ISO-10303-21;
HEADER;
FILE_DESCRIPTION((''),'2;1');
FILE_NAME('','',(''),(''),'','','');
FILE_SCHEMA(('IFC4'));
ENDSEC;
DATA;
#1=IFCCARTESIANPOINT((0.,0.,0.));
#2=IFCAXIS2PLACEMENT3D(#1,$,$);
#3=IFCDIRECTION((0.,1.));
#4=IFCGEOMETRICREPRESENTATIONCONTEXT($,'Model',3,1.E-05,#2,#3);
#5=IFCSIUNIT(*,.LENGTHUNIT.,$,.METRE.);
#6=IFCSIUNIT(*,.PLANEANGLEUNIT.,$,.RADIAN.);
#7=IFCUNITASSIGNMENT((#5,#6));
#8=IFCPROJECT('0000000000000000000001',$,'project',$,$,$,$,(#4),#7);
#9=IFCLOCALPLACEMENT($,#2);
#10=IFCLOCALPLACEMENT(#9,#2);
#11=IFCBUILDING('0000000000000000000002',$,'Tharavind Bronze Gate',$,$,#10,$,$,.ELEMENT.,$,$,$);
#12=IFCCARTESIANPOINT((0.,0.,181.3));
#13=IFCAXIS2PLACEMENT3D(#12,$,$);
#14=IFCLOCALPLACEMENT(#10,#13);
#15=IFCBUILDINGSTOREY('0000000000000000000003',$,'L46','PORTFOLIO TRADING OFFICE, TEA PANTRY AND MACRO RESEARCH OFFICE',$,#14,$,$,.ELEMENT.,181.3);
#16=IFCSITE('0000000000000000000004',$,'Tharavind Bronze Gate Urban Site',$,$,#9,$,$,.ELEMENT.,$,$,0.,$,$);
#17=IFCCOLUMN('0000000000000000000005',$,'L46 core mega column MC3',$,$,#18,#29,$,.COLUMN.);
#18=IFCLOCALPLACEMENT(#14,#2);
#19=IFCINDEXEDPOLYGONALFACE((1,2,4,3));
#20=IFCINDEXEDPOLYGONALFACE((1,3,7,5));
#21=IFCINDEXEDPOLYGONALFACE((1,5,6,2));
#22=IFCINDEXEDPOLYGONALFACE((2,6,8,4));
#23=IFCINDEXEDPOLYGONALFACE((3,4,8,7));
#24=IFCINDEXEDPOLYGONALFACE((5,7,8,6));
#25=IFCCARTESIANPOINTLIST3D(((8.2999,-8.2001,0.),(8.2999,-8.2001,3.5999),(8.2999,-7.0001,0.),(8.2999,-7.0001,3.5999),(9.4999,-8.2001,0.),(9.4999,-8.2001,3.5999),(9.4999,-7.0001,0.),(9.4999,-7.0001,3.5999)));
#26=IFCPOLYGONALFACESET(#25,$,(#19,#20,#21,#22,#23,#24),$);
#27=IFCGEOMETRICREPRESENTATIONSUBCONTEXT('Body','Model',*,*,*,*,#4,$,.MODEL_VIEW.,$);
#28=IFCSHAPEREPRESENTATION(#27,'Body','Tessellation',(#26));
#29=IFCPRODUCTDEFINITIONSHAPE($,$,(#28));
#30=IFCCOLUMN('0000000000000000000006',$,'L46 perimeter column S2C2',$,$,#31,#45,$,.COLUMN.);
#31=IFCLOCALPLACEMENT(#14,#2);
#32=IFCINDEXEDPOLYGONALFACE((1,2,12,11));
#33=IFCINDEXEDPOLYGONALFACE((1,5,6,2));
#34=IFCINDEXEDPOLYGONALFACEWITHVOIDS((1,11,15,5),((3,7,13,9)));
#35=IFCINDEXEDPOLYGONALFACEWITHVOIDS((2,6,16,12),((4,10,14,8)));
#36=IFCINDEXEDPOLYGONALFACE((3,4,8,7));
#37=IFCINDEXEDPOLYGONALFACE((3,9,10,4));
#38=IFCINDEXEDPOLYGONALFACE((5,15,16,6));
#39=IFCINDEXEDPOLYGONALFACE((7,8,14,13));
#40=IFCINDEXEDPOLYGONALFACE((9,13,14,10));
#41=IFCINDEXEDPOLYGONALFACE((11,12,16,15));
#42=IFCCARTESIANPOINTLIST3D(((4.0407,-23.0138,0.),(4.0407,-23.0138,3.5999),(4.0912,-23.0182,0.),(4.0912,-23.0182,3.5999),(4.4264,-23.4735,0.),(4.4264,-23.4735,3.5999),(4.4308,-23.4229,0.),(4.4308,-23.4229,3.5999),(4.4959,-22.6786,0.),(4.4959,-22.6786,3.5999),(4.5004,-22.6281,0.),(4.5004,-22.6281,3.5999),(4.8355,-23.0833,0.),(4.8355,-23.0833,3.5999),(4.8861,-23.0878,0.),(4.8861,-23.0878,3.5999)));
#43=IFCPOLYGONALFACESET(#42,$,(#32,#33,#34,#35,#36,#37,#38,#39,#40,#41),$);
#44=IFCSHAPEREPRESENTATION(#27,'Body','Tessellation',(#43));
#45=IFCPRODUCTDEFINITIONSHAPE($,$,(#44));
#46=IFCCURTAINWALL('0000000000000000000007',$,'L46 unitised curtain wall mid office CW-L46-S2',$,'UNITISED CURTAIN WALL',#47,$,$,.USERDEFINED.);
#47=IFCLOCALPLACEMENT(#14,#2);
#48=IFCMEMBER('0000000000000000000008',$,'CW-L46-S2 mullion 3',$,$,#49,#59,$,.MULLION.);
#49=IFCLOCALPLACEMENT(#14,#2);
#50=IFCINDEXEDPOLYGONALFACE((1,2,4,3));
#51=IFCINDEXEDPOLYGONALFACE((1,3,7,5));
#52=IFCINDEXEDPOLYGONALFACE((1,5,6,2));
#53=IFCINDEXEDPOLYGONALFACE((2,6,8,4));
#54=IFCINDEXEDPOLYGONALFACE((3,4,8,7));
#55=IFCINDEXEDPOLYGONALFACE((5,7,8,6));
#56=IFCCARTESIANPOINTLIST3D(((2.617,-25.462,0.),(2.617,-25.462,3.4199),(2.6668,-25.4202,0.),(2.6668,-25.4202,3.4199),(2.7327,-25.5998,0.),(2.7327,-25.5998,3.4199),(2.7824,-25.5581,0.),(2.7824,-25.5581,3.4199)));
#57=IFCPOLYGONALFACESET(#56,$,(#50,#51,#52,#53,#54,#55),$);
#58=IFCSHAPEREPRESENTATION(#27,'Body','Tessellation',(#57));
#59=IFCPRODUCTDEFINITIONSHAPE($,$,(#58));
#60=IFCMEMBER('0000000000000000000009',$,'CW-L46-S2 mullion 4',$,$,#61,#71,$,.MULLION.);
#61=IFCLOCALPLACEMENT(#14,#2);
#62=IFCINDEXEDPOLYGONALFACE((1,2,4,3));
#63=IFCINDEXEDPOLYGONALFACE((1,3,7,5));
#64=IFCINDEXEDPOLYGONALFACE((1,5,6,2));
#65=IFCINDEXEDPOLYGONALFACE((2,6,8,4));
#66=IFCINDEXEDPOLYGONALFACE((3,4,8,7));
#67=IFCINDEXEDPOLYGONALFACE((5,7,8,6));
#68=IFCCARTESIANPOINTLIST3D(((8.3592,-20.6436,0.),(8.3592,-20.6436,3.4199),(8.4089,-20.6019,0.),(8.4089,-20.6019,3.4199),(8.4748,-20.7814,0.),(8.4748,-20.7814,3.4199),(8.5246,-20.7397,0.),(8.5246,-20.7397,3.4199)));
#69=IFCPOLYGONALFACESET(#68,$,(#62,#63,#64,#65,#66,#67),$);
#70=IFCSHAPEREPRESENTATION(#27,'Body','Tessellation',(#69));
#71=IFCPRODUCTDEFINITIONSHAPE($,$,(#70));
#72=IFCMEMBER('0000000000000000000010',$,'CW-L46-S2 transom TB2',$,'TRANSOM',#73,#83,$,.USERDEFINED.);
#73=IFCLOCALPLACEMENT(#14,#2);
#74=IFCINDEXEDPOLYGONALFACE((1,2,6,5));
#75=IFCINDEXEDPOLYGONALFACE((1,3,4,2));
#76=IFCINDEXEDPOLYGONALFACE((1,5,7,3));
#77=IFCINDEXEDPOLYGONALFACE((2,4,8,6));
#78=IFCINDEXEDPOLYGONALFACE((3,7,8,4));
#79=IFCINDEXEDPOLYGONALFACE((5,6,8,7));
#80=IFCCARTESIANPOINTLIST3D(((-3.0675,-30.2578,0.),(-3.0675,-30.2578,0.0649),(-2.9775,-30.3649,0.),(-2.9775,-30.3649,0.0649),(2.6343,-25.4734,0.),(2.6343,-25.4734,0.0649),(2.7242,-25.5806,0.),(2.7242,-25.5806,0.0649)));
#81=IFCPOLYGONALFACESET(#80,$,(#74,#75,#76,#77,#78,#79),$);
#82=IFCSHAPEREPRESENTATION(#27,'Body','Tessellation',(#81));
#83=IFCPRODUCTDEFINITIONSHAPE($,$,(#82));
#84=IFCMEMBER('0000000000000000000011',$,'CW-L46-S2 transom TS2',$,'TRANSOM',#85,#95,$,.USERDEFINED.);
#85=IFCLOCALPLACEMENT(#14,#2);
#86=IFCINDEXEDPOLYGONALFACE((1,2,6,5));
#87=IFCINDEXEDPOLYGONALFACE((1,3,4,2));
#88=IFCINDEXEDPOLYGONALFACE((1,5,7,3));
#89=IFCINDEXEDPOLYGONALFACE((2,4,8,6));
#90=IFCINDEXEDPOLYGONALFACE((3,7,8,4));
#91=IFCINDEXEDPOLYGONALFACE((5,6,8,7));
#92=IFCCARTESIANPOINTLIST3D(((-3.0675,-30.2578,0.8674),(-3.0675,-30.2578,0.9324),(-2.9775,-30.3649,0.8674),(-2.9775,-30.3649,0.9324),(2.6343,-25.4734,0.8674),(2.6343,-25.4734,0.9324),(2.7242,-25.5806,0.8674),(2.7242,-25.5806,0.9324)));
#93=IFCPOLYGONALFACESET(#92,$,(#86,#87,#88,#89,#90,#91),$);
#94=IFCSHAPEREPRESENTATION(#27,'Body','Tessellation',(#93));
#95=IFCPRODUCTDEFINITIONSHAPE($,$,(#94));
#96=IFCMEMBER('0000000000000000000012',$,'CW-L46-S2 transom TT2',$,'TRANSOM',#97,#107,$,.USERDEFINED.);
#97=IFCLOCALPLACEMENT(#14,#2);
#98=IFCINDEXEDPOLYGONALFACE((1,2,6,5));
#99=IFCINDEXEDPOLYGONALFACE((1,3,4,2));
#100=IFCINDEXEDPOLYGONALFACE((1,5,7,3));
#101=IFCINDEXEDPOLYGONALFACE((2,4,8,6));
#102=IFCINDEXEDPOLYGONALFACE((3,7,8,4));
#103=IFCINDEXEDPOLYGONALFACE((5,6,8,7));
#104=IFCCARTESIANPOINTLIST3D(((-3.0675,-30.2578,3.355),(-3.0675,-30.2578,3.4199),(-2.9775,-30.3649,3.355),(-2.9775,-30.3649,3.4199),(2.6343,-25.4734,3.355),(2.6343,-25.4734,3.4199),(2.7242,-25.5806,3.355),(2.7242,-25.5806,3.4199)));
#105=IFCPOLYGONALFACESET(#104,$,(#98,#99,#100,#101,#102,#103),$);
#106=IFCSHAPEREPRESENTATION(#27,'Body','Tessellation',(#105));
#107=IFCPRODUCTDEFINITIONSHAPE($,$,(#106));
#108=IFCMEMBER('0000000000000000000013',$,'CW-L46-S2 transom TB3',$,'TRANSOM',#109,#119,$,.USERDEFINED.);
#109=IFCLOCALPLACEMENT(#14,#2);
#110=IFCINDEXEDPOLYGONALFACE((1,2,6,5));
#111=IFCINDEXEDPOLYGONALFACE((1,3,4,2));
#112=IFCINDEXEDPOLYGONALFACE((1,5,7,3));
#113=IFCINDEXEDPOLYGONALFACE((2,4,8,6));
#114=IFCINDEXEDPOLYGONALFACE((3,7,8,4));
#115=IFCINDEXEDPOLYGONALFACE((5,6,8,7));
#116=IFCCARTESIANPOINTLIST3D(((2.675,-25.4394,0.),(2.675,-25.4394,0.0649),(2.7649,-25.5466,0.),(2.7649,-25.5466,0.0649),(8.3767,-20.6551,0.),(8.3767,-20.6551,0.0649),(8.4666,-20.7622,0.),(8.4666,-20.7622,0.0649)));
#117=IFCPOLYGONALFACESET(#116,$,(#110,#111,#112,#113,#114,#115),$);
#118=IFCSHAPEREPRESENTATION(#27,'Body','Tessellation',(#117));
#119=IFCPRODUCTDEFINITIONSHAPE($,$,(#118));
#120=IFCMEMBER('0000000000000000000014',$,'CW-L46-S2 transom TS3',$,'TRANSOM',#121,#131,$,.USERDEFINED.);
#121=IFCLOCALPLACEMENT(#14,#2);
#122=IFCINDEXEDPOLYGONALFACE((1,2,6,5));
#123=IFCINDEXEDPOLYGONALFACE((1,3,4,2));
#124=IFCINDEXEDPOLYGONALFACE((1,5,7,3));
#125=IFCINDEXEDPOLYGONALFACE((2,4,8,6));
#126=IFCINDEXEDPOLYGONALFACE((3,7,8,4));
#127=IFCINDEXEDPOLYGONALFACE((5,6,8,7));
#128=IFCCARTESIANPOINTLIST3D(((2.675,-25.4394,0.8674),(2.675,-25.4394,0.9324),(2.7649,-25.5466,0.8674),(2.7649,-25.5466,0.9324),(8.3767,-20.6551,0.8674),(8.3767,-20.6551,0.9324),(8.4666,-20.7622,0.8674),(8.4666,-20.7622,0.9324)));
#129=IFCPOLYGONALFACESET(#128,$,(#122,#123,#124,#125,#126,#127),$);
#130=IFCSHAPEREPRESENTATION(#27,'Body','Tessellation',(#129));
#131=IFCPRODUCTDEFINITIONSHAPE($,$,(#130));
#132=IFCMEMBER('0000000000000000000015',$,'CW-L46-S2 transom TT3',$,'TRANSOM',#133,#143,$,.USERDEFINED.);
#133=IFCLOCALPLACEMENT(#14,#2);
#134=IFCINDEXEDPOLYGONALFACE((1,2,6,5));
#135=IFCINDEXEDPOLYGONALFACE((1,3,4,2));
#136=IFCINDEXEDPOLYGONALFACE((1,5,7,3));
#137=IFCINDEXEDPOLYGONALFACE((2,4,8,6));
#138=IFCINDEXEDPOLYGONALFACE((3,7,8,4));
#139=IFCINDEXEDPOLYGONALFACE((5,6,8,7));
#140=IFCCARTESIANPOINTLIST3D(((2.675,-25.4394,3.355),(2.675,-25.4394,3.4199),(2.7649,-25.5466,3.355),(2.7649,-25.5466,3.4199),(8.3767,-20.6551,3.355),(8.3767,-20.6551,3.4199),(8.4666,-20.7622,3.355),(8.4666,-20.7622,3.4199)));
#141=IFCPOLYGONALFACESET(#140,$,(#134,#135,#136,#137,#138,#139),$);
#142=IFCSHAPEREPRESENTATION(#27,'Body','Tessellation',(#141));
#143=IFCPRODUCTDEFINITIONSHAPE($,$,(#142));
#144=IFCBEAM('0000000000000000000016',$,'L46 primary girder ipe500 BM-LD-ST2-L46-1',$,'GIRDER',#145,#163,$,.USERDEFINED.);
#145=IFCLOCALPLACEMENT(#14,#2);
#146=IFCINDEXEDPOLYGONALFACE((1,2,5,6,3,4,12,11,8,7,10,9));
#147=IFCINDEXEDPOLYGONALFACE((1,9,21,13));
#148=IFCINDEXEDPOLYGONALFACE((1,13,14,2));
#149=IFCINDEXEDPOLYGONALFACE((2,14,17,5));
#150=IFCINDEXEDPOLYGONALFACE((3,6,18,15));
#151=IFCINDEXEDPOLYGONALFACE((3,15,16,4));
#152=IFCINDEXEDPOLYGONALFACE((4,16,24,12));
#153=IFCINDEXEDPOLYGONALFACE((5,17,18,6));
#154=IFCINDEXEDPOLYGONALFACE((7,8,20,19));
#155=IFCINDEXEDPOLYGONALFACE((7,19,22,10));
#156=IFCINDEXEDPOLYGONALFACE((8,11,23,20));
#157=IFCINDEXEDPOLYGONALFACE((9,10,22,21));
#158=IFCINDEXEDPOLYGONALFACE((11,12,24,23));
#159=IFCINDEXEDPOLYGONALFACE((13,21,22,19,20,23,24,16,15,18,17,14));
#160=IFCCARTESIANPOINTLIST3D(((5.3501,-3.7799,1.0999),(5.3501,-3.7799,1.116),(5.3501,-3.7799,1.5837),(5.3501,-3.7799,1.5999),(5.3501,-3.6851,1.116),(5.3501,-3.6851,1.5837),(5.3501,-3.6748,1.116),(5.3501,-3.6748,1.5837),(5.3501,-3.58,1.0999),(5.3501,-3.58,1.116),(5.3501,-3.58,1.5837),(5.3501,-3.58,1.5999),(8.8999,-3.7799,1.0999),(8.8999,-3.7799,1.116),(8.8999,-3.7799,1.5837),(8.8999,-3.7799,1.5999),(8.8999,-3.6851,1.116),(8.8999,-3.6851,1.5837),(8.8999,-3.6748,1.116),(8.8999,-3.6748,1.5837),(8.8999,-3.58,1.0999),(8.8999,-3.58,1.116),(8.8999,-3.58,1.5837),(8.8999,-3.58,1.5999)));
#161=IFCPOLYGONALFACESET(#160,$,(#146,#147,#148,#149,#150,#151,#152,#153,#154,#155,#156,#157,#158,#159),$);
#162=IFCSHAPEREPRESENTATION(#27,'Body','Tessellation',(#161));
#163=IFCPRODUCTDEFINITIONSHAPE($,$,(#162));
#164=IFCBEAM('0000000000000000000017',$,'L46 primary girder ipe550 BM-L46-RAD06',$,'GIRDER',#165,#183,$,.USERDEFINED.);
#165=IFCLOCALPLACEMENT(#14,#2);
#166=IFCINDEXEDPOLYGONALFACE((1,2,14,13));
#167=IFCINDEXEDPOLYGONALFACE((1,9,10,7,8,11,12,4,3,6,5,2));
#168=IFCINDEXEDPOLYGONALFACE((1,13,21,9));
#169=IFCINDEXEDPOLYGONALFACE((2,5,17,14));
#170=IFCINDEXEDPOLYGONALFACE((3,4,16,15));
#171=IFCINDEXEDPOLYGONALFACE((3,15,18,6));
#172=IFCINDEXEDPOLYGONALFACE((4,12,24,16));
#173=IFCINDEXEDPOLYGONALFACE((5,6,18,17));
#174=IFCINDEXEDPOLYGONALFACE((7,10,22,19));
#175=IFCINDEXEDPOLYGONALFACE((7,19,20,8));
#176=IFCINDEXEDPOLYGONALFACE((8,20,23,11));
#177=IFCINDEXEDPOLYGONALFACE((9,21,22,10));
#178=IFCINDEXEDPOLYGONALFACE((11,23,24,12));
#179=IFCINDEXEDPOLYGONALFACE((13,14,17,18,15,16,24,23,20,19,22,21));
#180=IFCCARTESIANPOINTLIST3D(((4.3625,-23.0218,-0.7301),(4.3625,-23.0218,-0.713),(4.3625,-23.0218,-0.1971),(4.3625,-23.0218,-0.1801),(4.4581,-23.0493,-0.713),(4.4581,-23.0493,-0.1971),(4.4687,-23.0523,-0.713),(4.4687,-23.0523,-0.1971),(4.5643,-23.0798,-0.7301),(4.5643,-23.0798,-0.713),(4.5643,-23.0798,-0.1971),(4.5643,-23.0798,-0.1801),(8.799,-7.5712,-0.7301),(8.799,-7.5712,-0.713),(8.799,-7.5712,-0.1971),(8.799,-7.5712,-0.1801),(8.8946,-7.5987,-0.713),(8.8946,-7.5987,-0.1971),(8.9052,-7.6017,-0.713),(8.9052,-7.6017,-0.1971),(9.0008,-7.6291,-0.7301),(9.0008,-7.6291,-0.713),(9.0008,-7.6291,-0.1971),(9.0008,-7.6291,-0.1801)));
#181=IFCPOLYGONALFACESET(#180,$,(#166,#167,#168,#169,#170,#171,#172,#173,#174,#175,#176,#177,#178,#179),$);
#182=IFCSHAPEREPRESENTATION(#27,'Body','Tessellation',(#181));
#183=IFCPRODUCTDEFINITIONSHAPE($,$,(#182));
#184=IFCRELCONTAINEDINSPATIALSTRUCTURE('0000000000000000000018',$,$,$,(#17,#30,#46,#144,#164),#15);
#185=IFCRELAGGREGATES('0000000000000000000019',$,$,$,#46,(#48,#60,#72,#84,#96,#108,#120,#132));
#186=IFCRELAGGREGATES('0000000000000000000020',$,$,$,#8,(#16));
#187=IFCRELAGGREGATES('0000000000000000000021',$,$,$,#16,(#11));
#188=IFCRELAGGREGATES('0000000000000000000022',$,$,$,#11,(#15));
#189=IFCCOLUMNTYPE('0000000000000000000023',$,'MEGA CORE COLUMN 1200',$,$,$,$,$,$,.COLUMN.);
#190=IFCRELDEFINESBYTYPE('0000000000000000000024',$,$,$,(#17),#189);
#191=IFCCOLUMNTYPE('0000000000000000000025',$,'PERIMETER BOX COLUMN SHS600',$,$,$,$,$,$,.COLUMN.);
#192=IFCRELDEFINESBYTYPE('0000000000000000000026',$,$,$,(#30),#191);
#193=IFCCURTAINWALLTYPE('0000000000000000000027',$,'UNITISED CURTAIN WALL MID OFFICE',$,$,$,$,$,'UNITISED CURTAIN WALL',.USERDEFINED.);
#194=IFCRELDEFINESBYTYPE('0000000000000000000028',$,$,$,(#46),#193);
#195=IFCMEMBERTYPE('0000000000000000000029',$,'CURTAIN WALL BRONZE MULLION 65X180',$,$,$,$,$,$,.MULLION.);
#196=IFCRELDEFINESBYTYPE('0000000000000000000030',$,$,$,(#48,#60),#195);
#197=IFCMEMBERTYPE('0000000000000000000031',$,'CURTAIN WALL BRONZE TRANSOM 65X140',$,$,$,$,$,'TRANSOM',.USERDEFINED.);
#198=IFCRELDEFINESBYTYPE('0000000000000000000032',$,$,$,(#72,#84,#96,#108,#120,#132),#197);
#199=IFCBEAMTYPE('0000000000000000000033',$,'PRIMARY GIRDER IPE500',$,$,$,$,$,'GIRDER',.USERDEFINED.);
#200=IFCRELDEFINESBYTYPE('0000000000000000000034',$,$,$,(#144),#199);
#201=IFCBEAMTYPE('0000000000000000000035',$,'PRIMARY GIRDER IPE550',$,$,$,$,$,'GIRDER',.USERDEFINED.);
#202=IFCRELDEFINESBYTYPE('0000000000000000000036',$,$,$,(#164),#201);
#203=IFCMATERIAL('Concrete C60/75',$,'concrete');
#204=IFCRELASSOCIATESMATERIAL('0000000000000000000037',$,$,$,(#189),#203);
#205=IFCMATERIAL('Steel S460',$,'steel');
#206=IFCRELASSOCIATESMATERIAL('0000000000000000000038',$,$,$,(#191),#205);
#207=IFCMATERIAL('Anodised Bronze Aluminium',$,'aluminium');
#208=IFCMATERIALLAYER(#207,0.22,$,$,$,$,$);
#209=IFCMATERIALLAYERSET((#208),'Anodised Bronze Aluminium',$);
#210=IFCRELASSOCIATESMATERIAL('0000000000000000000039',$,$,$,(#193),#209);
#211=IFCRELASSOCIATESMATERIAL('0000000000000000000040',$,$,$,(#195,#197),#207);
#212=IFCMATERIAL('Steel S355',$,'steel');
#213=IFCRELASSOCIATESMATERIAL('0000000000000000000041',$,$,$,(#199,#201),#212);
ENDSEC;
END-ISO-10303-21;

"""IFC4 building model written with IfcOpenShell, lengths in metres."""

from ifc_helpers import new_model, si_unit, direction, frame, origin, origin_2d, place, context, subcontext, project, spatial, rectangle, hollow_rectangle, i_section, extrude, material, layer, layer_set, material_profile, profile_set, type_object, element, aggregate, save


model = new_model("IFC4")

# Units and contexts
model_context = context("Model", 3, precision=1e-05, world=origin(), true_north=direction((0.0, 1.0)))
body_context = subcontext(model_context, "Body", "Model", "MODEL_VIEW")
ifc_project = project(units=[si_unit("LENGTHUNIT", "METRE"), si_unit("PLANEANGLEUNIT", "RADIAN")], contexts=[model_context])

# Site, building, storey
site_placement = place(None, origin())
site = spatial("IfcSite", under=ifc_project, at=site_placement, Name="Tharavind Bronze Gate Urban Site", CompositionType="ELEMENT", RefElevation=0.0)
building_placement = place(site_placement, origin())
building = spatial("IfcBuilding", under=site, at=building_placement, Name="Tharavind Bronze Gate", CompositionType="ELEMENT")
storey_placement = place(building_placement, frame((0.0, 0.0, 181.3)))
storey = spatial("IfcBuildingStorey", under=building, at=storey_placement, Name="L46", Description="PORTFOLIO TRADING OFFICE, TEA PANTRY AND MACRO RESEARCH OFFICE", CompositionType="ELEMENT", Elevation=181.3)

# Columns
ifc_material_1 = material(Name="Concrete C60/75", Category="concrete")
ifc_material_profile_1 = material_profile(ifc_material_1, rectangle(XDim=1.2, YDim=1.2, at=origin_2d()), Name="RCCOL1200")
ifc_profile_set_1 = profile_set([ifc_material_profile_1], Name="Concrete C60/75")
column_type_1 = type_object("IfcColumnType", Name="MEGA CORE COLUMN 1200", PredefinedType="COLUMN", material=ifc_profile_set_1)
column_1_placement = place(storey_placement, frame((8.8999, -7.6001, 0.0), z_axis=(0.0, 0.0, 1.0), x_axis=(1.0, 0.0, 0.0)))
element("IfcColumn", 1, at=column_1_placement, inside=storey, type_object=column_type_1, Name="L46 core mega column MC3", PredefinedType="COLUMN", context=body_context, shape_type="SweptSolid", body=[
    extrude(rectangle(XDim=1.2, YDim=1.2, at=origin_2d()), origin(), (0.0, 0.0, 1.0), 3.5999),
])
ifc_material_2 = material(Name="Steel S460", Category="steel")
ifc_material_profile_2 = material_profile(ifc_material_2, hollow_rectangle(XDim=0.6001, YDim=0.6001, WallThickness=0.0359, at=origin_2d()), Name="SHS600X36")
ifc_profile_set_2 = profile_set([ifc_material_profile_2], Name="Steel S460")
column_type_2 = type_object("IfcColumnType", Name="PERIMETER BOX COLUMN SHS600", PredefinedType="COLUMN", material=ifc_profile_set_2)
column_2_placement = place(storey_placement, frame((4.4634, -23.0508, 0.0), z_axis=(0.0, 0.0, 1.0), x_axis=(0.766043, 0.642789, 0.0)))
element("IfcColumn", 2, at=column_2_placement, inside=storey, type_object=column_type_2, Name="L46 perimeter column S2C2", PredefinedType="COLUMN", context=body_context, shape_type="SweptSolid", body=[
    extrude(hollow_rectangle(XDim=0.6001, YDim=0.6001, WallThickness=0.0359, at=origin_2d()), origin(), (0.0, 0.0, 1.0), 3.5999),
])

# Curtain wall, members
ifc_material_3 = material(Name="Anodised Bronze Aluminium", Category="aluminium")
ifc_layer_1 = layer(ifc_material_3, 0.22)
ifc_layer_set_1 = layer_set([ifc_layer_1], Name="Anodised Bronze Aluminium")
curtain_wall_type = type_object("IfcCurtainWallType", Name="UNITISED CURTAIN WALL MID OFFICE", ElementType="UNITISED CURTAIN WALL", PredefinedType="USERDEFINED", material=ifc_layer_set_1)
curtain_wall_placement = place(storey_placement, origin())
curtain_wall = element("IfcCurtainWall", 3, at=curtain_wall_placement, inside=storey, type_object=curtain_wall_type, Name="L46 unitised curtain wall mid office CW-L46-S2", ObjectType="UNITISED CURTAIN WALL", PredefinedType="USERDEFINED")
member_type_1 = type_object("IfcMemberType", Name="CURTAIN WALL BRONZE MULLION 65X180", PredefinedType="MULLION", material=ifc_material_3)
member_1_placement = place(storey_placement, frame((2.6997, -25.51, 0.0), z_axis=(0.0, 0.0, 1.0), x_axis=(0.766043, 0.642789, 0.0)))
member_1 = element("IfcMember", 4, at=member_1_placement, type_object=member_type_1, Name="CW-L46-S2 mullion 3", PredefinedType="MULLION", context=body_context, shape_type="SweptSolid", body=[
    extrude(rectangle(XDim=0.0649, YDim=0.1799, at=origin_2d()), origin(), (0.0, 0.0, 1.0), 3.4199),
])
member_2_placement = place(storey_placement, frame((8.4419, -20.6917, 0.0), z_axis=(0.0, 0.0, 1.0), x_axis=(0.766043, 0.642789, 0.0)))
member_2 = element("IfcMember", 5, at=member_2_placement, type_object=member_type_1, Name="CW-L46-S2 mullion 4", PredefinedType="MULLION", context=body_context, shape_type="SweptSolid", body=[
    extrude(rectangle(XDim=0.0649, YDim=0.1799, at=origin_2d()), origin(), (0.0, 0.0, 1.0), 3.4199),
])
member_type_2 = type_object("IfcMemberType", Name="CURTAIN WALL BRONZE TRANSOM 65X140", ElementType="TRANSOM", PredefinedType="USERDEFINED", material=ifc_material_3)
member_3_placement = place(storey_placement, frame((-0.1716, -27.9192, 0.0), z_axis=(0.0, 0.0, 1.0), x_axis=(0.766043, 0.642789, 0.0)))
member_3 = element("IfcMember", 6, at=member_3_placement, type_object=member_type_2, Name="CW-L46-S2 transom TB2", ObjectType="TRANSOM", PredefinedType="USERDEFINED", context=body_context, shape_type="SweptSolid", body=[
    extrude(rectangle(XDim=7.4431, YDim=0.1399, at=origin_2d()), origin(), (0.0, 0.0, 1.0), 0.0649),
])
member_4_placement = place(storey_placement, frame((-0.1716, -27.9192, 0.8674), z_axis=(0.0, 0.0, 1.0), x_axis=(0.766043, 0.642789, 0.0)))
member_4 = element("IfcMember", 7, at=member_4_placement, type_object=member_type_2, Name="CW-L46-S2 transom TS2", ObjectType="TRANSOM", PredefinedType="USERDEFINED", context=body_context, shape_type="SweptSolid", body=[
    extrude(rectangle(XDim=7.4431, YDim=0.1399, at=origin_2d()), origin(), (0.0, 0.0, 1.0), 0.0649),
])
member_5_placement = place(storey_placement, frame((-0.1716, -27.9192, 3.355), z_axis=(0.0, 0.0, 1.0), x_axis=(0.766043, 0.642789, 0.0)))
member_5 = element("IfcMember", 8, at=member_5_placement, type_object=member_type_2, Name="CW-L46-S2 transom TT2", ObjectType="TRANSOM", PredefinedType="USERDEFINED", context=body_context, shape_type="SweptSolid", body=[
    extrude(rectangle(XDim=7.4431, YDim=0.1399, at=origin_2d()), origin(), (0.0, 0.0, 1.0), 0.0649),
])
member_6_placement = place(storey_placement, frame((5.5708, -23.1008, 0.0), z_axis=(0.0, 0.0, 1.0), x_axis=(0.766043, 0.642789, 0.0)))
member_6 = element("IfcMember", 9, at=member_6_placement, type_object=member_type_2, Name="CW-L46-S2 transom TB3", ObjectType="TRANSOM", PredefinedType="USERDEFINED", context=body_context, shape_type="SweptSolid", body=[
    extrude(rectangle(XDim=7.4431, YDim=0.1399, at=origin_2d()), origin(), (0.0, 0.0, 1.0), 0.0649),
])
member_7_placement = place(storey_placement, frame((5.5708, -23.1008, 0.8674), z_axis=(0.0, 0.0, 1.0), x_axis=(0.766043, 0.642789, 0.0)))
member_7 = element("IfcMember", 10, at=member_7_placement, type_object=member_type_2, Name="CW-L46-S2 transom TS3", ObjectType="TRANSOM", PredefinedType="USERDEFINED", context=body_context, shape_type="SweptSolid", body=[
    extrude(rectangle(XDim=7.4431, YDim=0.1399, at=origin_2d()), origin(), (0.0, 0.0, 1.0), 0.0649),
])
member_8_placement = place(storey_placement, frame((5.5708, -23.1008, 3.355), z_axis=(0.0, 0.0, 1.0), x_axis=(0.766043, 0.642789, 0.0)))
member_8 = element("IfcMember", 11, at=member_8_placement, type_object=member_type_2, Name="CW-L46-S2 transom TT3", ObjectType="TRANSOM", PredefinedType="USERDEFINED", context=body_context, shape_type="SweptSolid", body=[
    extrude(rectangle(XDim=7.4431, YDim=0.1399, at=origin_2d()), origin(), (0.0, 0.0, 1.0), 0.0649),
])

# Beams
ifc_material_4 = material(Name="Steel S355", Category="steel")
ifc_material_profile_3 = material_profile(ifc_material_4, i_section(OverallWidth=0.2, OverallDepth=0.5, WebThickness=0.0103, FlangeThickness=0.0161, at=origin_2d()), Name="IPE500")
ifc_profile_set_3 = profile_set([ifc_material_profile_3], Name="Steel S355")
beam_type_1 = type_object("IfcBeamType", Name="PRIMARY GIRDER IPE500", ElementType="GIRDER", PredefinedType="USERDEFINED", material=ifc_profile_set_3)
beam_1_placement = place(storey_placement, frame((5.3501, -3.6799, 1.3499), z_axis=(1.0, 0.0, 0.0), x_axis=(0.0, 1.0, 0.0)))
element("IfcBeam", 12, at=beam_1_placement, inside=storey, type_object=beam_type_1, Name="L46 primary girder ipe500 BM-LD-ST2-L46-1", ObjectType="GIRDER", PredefinedType="USERDEFINED", context=body_context, shape_type="SweptSolid", body=[
    extrude(i_section(OverallWidth=0.2, OverallDepth=0.5, WebThickness=0.0103, FlangeThickness=0.0161, at=origin_2d()), origin(), (0.0, 0.0, 1.0), 3.5498),
])
ifc_material_profile_4 = material_profile(ifc_material_4, i_section(OverallWidth=0.21, OverallDepth=0.55, WebThickness=0.011, FlangeThickness=0.0171, at=origin_2d()), Name="IPE550")
ifc_profile_set_4 = profile_set([ifc_material_profile_4], Name="Steel S355")
beam_type_2 = type_object("IfcBeamType", Name="PRIMARY GIRDER IPE550", ElementType="GIRDER", PredefinedType="USERDEFINED", material=ifc_profile_set_4)
beam_2_placement = place(storey_placement, frame((4.4634, -23.0508, -0.4551), z_axis=(0.275989, 0.961161, 0.0), x_axis=(-0.961161, 0.275989, 0.0)))
element("IfcBeam", 13, at=beam_2_placement, inside=storey, type_object=beam_type_2, Name="L46 primary girder ipe550 BM-L46-RAD06", ObjectType="GIRDER", PredefinedType="USERDEFINED", context=body_context, shape_type="SweptSolid", body=[
    extrude(i_section(OverallWidth=0.21, OverallDepth=0.55, WebThickness=0.011, FlangeThickness=0.0171, at=origin_2d()), origin(), (0.0, 0.0, 1.0), 16.075),
])

aggregate(curtain_wall, [member_1, member_2, member_3, member_4, member_5, member_6, member_7, member_8])

save(model, "model.ifc")
